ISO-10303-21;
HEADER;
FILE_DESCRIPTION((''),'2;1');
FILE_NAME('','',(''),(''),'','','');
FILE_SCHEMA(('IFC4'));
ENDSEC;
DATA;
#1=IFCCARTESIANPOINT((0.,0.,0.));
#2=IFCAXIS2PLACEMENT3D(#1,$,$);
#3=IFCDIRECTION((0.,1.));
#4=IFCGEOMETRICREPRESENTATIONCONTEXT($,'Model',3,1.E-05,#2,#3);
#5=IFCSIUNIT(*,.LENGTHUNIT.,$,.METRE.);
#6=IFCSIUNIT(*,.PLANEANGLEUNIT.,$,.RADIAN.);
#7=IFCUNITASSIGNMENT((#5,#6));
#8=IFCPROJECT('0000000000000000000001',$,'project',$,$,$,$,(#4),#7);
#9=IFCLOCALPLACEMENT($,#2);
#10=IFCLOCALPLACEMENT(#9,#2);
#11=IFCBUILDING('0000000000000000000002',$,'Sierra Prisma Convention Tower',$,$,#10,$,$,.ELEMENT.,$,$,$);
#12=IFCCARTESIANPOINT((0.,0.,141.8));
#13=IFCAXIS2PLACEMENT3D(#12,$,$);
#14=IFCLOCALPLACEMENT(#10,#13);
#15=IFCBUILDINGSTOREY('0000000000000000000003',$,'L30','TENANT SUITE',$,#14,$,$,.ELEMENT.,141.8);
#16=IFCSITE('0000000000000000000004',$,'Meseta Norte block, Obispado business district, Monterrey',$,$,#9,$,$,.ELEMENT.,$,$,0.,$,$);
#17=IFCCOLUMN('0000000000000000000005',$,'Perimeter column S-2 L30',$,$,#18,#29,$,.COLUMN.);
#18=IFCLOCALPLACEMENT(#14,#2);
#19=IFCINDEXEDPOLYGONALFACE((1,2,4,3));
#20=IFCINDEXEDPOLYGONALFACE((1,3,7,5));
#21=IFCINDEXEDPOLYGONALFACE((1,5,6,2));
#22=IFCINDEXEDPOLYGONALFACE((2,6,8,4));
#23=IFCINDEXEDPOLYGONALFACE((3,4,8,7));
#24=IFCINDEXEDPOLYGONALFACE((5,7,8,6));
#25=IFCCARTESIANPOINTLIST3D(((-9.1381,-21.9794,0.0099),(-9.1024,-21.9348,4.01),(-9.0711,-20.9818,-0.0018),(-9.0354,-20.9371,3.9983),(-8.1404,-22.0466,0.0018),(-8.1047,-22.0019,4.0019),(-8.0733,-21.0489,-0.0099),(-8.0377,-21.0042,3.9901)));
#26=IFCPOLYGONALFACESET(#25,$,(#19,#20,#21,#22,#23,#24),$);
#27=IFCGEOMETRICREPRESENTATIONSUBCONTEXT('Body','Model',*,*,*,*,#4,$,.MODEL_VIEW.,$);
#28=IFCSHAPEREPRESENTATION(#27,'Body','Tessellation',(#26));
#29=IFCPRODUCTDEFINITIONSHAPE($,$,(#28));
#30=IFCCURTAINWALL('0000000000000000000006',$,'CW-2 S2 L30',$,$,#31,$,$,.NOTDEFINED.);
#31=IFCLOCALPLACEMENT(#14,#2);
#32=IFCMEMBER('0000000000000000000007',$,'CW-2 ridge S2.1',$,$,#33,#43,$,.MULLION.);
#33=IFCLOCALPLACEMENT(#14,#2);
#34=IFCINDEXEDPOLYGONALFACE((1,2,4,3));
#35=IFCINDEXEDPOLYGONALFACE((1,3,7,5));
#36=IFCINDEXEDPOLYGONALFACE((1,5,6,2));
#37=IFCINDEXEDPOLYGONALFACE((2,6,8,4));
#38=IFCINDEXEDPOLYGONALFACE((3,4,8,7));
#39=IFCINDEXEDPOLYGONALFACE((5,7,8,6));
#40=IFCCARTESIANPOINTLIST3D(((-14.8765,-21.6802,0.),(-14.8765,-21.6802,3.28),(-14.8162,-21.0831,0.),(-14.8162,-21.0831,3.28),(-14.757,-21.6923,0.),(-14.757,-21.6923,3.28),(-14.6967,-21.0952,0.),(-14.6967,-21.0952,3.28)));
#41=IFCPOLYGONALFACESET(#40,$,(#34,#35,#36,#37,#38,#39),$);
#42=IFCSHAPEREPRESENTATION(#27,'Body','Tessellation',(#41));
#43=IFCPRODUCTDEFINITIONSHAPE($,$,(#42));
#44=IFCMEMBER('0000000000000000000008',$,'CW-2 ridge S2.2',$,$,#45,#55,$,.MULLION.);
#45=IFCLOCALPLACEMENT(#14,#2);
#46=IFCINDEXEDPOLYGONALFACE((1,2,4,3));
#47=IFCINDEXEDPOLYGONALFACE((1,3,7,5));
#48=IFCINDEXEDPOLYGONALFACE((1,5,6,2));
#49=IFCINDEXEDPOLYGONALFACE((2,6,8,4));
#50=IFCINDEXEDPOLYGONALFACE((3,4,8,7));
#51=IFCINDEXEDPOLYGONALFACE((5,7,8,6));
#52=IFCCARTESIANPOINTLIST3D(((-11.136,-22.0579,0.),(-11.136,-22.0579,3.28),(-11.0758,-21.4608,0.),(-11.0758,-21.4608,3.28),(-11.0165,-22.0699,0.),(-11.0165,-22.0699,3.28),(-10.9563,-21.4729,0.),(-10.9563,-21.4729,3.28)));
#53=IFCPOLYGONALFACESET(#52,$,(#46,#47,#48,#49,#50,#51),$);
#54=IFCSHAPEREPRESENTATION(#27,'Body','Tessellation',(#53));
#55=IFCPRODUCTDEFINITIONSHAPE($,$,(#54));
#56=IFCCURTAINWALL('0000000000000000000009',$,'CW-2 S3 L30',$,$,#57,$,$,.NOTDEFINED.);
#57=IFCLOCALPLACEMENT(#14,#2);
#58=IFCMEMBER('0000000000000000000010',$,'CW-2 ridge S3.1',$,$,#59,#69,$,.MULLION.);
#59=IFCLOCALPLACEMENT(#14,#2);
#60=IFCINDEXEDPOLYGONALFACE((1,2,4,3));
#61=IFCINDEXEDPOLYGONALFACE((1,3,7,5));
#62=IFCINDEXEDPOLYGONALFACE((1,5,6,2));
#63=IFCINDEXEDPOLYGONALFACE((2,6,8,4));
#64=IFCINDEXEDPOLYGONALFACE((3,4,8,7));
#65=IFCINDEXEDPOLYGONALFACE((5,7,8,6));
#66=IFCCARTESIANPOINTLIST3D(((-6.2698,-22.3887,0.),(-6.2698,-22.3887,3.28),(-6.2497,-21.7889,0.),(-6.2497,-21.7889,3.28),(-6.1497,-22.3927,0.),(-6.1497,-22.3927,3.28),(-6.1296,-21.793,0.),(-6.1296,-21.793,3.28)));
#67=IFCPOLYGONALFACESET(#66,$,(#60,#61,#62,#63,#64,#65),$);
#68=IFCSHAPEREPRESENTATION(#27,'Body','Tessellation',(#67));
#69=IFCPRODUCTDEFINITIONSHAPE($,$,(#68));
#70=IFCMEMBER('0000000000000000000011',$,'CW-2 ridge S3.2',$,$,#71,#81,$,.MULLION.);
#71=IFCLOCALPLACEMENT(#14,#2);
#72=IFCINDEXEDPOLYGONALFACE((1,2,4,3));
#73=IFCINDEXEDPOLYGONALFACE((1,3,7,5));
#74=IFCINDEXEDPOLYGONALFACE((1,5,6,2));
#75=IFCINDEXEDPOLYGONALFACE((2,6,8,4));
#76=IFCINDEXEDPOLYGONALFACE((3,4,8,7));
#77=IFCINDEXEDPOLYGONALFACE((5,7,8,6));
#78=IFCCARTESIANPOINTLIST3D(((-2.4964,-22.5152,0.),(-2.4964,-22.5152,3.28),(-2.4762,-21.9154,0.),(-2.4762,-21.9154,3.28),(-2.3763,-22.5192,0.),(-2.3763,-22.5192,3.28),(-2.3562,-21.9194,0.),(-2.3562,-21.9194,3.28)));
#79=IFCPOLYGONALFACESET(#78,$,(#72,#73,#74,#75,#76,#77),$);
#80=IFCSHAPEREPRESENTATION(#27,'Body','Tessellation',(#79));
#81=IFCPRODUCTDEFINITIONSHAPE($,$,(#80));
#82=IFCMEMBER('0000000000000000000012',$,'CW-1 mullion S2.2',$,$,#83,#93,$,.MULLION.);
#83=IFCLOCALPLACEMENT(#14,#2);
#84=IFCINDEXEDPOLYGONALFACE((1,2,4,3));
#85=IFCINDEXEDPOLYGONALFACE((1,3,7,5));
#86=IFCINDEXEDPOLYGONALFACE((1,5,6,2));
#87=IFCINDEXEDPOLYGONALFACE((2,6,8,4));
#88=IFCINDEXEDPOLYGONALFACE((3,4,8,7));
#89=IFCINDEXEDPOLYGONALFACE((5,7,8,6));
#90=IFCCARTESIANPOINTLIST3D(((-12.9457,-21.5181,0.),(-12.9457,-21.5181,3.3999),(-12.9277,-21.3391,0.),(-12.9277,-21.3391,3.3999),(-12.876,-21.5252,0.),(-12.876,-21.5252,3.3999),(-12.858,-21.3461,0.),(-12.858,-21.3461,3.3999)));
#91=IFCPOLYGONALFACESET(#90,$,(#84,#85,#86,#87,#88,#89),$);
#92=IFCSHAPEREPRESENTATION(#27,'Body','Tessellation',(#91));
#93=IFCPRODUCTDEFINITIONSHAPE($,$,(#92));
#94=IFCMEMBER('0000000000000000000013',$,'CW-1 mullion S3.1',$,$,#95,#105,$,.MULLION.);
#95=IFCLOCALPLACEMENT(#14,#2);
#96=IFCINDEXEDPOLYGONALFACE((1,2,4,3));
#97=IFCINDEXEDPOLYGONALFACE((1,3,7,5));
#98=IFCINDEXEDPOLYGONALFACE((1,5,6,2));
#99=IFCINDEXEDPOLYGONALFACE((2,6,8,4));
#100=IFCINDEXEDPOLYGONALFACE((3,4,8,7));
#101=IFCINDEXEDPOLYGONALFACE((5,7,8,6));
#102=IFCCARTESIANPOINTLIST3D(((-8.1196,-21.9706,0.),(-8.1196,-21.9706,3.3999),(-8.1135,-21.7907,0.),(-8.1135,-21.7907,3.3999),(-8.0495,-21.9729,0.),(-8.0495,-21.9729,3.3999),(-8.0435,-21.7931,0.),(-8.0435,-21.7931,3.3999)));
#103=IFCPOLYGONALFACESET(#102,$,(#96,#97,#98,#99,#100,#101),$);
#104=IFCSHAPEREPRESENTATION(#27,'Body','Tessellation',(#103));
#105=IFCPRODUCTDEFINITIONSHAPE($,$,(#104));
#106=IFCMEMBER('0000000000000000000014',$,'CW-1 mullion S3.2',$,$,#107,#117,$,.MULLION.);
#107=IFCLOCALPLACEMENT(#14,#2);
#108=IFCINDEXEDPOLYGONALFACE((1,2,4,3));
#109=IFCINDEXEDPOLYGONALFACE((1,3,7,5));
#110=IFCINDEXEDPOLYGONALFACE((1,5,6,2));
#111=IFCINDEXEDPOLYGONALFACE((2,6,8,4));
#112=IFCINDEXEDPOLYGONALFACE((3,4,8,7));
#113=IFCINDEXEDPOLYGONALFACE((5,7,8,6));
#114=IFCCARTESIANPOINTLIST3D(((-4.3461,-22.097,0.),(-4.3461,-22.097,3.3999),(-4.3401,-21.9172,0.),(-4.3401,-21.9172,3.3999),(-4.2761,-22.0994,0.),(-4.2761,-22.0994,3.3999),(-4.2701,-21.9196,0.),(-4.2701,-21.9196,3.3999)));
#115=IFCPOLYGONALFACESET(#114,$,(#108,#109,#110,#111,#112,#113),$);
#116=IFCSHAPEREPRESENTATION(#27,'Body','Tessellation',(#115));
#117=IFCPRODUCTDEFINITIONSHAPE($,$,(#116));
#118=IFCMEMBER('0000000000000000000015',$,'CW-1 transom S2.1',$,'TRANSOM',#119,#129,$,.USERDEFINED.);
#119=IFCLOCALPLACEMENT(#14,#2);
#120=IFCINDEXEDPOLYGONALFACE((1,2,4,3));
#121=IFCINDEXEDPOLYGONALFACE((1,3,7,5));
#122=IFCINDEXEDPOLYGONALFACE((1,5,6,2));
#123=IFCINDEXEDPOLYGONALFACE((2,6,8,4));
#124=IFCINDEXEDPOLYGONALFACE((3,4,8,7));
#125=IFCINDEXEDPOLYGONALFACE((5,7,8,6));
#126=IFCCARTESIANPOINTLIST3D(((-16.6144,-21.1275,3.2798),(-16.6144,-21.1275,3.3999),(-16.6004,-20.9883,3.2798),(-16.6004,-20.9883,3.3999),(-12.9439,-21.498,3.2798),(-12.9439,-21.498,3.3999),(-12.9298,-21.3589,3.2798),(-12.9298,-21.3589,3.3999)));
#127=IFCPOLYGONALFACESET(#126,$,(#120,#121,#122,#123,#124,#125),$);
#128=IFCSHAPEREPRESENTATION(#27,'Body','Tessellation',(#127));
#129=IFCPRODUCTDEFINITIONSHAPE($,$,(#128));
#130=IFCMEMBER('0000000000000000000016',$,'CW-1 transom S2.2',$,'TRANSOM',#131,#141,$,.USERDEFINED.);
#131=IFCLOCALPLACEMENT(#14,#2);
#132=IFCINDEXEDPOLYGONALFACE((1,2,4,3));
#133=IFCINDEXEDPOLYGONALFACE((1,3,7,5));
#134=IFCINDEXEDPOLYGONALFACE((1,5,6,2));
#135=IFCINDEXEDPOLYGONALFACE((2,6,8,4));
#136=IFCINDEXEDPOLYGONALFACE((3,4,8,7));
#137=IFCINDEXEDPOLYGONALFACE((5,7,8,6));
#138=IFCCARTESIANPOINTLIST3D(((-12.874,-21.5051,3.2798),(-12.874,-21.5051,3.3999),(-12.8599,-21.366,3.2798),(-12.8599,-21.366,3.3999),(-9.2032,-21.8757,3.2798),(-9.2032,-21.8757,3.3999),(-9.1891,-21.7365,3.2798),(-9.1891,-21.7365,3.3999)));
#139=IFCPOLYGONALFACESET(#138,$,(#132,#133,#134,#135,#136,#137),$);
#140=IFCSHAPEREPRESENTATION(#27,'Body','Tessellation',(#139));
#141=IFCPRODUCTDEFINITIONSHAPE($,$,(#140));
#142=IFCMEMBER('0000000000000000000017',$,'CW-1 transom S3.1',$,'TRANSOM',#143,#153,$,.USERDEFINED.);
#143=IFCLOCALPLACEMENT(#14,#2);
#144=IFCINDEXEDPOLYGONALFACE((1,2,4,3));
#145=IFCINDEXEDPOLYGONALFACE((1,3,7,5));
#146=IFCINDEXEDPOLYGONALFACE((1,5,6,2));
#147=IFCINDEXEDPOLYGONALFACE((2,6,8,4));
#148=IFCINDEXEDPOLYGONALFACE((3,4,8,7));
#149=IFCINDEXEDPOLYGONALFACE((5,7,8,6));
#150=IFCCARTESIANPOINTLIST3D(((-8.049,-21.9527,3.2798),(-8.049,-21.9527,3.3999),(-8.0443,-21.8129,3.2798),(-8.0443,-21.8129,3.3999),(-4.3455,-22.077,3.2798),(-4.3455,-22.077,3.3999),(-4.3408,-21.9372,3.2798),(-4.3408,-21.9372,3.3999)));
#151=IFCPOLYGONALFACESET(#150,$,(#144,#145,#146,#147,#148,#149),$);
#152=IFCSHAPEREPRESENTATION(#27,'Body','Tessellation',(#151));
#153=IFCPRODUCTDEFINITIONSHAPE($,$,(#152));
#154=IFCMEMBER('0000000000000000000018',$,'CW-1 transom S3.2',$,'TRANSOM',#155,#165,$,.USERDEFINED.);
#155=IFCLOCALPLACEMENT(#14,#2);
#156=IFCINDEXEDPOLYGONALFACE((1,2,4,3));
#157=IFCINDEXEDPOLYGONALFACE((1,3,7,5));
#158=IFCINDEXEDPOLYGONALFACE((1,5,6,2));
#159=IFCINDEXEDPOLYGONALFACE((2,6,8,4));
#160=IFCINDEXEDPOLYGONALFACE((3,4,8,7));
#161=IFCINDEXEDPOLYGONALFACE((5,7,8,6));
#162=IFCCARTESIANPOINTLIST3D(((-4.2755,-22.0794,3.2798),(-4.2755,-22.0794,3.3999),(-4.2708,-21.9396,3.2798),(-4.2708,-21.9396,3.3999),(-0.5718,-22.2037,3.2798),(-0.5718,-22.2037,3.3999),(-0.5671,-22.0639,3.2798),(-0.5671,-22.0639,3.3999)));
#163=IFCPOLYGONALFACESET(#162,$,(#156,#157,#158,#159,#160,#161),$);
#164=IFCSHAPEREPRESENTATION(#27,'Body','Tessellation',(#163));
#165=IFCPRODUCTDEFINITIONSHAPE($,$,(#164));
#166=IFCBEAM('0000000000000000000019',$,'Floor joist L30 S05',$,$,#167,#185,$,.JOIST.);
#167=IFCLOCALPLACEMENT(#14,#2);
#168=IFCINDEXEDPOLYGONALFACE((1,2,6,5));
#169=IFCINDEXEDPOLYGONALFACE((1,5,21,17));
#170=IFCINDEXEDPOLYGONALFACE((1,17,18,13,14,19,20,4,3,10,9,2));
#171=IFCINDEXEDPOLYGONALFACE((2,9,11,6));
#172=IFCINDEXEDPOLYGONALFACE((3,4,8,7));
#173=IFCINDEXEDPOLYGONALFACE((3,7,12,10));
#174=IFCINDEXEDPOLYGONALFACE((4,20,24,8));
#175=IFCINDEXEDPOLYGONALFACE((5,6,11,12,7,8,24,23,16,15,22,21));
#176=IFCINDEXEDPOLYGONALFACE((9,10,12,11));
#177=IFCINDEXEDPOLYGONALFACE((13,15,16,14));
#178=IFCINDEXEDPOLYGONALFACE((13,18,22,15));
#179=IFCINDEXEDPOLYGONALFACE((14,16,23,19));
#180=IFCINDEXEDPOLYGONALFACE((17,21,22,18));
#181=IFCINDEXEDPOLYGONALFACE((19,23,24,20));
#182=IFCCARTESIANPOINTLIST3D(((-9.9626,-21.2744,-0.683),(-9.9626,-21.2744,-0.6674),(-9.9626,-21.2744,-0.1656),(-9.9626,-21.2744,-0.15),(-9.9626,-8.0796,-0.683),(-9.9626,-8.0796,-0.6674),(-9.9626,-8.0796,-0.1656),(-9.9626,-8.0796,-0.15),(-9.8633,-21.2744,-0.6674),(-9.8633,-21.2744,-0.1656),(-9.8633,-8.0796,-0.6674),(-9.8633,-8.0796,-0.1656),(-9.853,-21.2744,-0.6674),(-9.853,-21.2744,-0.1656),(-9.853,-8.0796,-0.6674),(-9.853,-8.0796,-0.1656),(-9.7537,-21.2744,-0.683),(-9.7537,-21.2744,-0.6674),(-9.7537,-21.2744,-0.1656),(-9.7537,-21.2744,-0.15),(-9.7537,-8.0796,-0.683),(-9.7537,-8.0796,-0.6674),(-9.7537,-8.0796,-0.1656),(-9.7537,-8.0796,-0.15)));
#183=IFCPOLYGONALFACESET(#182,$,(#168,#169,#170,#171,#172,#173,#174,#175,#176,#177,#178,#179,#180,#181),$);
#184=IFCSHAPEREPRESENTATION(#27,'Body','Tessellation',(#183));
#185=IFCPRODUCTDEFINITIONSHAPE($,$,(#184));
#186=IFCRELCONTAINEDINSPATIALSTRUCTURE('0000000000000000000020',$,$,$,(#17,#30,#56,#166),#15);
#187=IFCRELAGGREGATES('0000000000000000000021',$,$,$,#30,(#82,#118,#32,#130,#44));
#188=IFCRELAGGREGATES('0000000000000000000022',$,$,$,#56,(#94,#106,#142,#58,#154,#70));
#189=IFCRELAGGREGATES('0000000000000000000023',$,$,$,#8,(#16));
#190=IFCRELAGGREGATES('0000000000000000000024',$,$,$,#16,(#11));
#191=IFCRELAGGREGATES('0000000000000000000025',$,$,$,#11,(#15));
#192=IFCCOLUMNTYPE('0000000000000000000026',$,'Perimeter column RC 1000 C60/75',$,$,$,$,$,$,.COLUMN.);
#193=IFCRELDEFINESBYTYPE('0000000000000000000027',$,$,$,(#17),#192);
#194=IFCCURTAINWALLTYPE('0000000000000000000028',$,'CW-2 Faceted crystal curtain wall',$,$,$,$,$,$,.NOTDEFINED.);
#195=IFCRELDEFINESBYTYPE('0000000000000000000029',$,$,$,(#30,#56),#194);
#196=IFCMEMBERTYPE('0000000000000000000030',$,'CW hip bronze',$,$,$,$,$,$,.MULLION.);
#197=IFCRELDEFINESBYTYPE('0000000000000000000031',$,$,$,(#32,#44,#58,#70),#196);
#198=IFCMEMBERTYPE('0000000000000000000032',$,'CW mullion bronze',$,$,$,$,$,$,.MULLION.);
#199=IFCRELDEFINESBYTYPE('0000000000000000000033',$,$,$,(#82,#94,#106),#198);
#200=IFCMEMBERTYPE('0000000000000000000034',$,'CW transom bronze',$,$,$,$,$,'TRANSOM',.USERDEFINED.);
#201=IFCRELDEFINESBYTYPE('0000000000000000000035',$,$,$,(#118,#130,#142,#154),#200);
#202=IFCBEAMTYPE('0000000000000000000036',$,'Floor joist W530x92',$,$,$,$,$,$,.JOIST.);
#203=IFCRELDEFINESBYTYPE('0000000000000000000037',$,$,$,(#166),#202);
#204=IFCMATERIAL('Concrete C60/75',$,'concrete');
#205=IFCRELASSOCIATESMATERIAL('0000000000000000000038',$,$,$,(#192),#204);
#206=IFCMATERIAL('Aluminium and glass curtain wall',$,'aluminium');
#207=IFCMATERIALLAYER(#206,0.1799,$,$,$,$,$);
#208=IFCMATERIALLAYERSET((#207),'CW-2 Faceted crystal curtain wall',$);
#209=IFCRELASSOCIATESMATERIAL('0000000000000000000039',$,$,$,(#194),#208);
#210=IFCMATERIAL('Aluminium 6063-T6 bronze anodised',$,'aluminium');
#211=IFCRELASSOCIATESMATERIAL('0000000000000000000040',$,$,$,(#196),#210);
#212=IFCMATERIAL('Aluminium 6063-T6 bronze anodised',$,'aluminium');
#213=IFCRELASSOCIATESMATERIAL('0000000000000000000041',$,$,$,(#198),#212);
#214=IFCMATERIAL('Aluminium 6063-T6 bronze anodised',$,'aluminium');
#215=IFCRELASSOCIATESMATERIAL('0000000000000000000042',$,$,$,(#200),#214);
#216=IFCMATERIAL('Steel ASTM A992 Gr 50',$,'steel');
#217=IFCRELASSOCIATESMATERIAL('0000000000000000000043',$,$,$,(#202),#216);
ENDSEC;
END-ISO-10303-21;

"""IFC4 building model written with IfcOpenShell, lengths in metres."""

from ifc_helpers import new_model, si_unit, direction, frame, origin, origin_2d, place, context, subcontext, project, spatial, rectangle, i_section, extrude, material, layer, layer_set, material_profile, profile_set, type_object, element, aggregate, save


model = new_model("IFC4")

# Units and contexts
model_context = context("Model", 3, precision=1e-05, world=origin(), true_north=direction((0.0, 1.0)))
body_context = subcontext(model_context, "Body", "Model", "MODEL_VIEW")
ifc_project = project(units=[si_unit("LENGTHUNIT", "METRE"), si_unit("PLANEANGLEUNIT", "RADIAN")], contexts=[model_context])

# Site, building, storey
site_placement = place(None, origin())
site = spatial("IfcSite", under=ifc_project, at=site_placement, Name="Meseta Norte block, Obispado business district, Monterrey", CompositionType="ELEMENT", RefElevation=0.0)
building_placement = place(site_placement, origin())
building = spatial("IfcBuilding", under=site, at=building_placement, Name="Sierra Prisma Convention Tower", CompositionType="ELEMENT")
storey_placement = place(building_placement, frame((0.0, 0.0, 141.8)))
storey = spatial("IfcBuildingStorey", under=building, at=storey_placement, Name="L30", Description="TENANT SUITE", CompositionType="ELEMENT", Elevation=141.8)

# Column
ifc_material_1 = material(Name="Concrete C60/75", Category="concrete")
ifc_material_profile_1 = material_profile(ifc_material_1, rectangle(XDim=1.0, YDim=1.0, at=origin_2d()), Name="Perimeter column RC 1000 C60/75")
ifc_profile_set_1 = profile_set([ifc_material_profile_1], Name="Concrete C60/75")
column_type = type_object("IfcColumnType", Name="Perimeter column RC 1000 C60/75", PredefinedType="COLUMN", material=ifc_profile_set_1)
column_placement = place(storey_placement, frame((-8.6057, -21.5142, 0.0), z_axis=(0.00891, 0.011168, 0.999898), x_axis=(-0.997712, 0.067118, 0.008141)))
element("IfcColumn", 1, at=column_placement, inside=storey, type_object=column_type, Name="Perimeter column S-2 L30", PredefinedType="COLUMN", context=body_context, shape_type="SweptSolid", body=[
    extrude(rectangle(XDim=1.0, YDim=1.0, at=origin_2d()), origin(), (0.0, 0.0, 1.0), 4.0005),
])

# Curtain walls, members
ifc_material_2 = material(Name="Aluminium and glass curtain wall", Category="aluminium")
ifc_layer_1 = layer(ifc_material_2, 0.1799)
ifc_layer_set_1 = layer_set([ifc_layer_1], Name="CW-2 Faceted crystal curtain wall")
curtain_wall_type = type_object("IfcCurtainWallType", Name="CW-2 Faceted crystal curtain wall", PredefinedType="NOTDEFINED", material=ifc_layer_set_1)
curtain_wall_1_placement = place(storey_placement, origin())
curtain_wall_1 = element("IfcCurtainWall", 2, at=curtain_wall_1_placement, inside=storey, type_object=curtain_wall_type, Name="CW-2 S2 L30", PredefinedType="NOTDEFINED")
ifc_material_3 = material(Name="Aluminium 6063-T6 bronze anodised", Category="aluminium")
ifc_material_profile_2 = material_profile(ifc_material_3, rectangle(XDim=0.1201, YDim=0.6001, at=origin_2d()), Name="ALU RIDGE BLADE 120x600")
ifc_profile_set_2 = profile_set([ifc_material_profile_2], Name="Aluminium 6063-T6 bronze anodised")
member_type_1 = type_object("IfcMemberType", Name="CW hip bronze", PredefinedType="MULLION", material=ifc_profile_set_2)
member_1_placement = place(storey_placement, frame((-14.7866, -21.3877, 0.0), z_axis=(0.0, 0.0, 1.0), x_axis=(0.994943, -0.100439, 0.0)))
member_1 = element("IfcMember", 3, at=member_1_placement, type_object=member_type_1, Name="CW-2 ridge S2.1", PredefinedType="MULLION", context=body_context, shape_type="SweptSolid", body=[
    extrude(rectangle(XDim=0.1201, YDim=0.6001, at=origin_2d()), origin(), (0.0, 0.0, 1.0), 3.28),
])
member_2_placement = place(storey_placement, frame((-11.0461, -21.7654, 0.0), z_axis=(0.0, 0.0, 1.0), x_axis=(0.994943, -0.100439, 0.0)))
member_2 = element("IfcMember", 4, at=member_2_placement, type_object=member_type_1, Name="CW-2 ridge S2.2", PredefinedType="MULLION", context=body_context, shape_type="SweptSolid", body=[
    extrude(rectangle(XDim=0.1201, YDim=0.6001, at=origin_2d()), origin(), (0.0, 0.0, 1.0), 3.28),
])
curtain_wall_2_placement = place(storey_placement, origin())
curtain_wall_2 = element("IfcCurtainWall", 5, at=curtain_wall_2_placement, inside=storey, type_object=curtain_wall_type, Name="CW-2 S3 L30", PredefinedType="NOTDEFINED")
member_3_placement = place(storey_placement, frame((-6.1997, -22.0908, 0.0), z_axis=(0.0, 0.0, 1.0), x_axis=(0.999438, -0.03353, 0.0)))
member_3 = element("IfcMember", 6, at=member_3_placement, type_object=member_type_1, Name="CW-2 ridge S3.1", PredefinedType="MULLION", context=body_context, shape_type="SweptSolid", body=[
    extrude(rectangle(XDim=0.1201, YDim=0.6001, at=origin_2d()), origin(), (0.0, 0.0, 1.0), 3.28),
])
member_4_placement = place(storey_placement, frame((-2.4263, -22.2173, 0.0), z_axis=(0.0, 0.0, 1.0), x_axis=(0.999438, -0.03353, 0.0)))
member_4 = element("IfcMember", 7, at=member_4_placement, type_object=member_type_1, Name="CW-2 ridge S3.2", PredefinedType="MULLION", context=body_context, shape_type="SweptSolid", body=[
    extrude(rectangle(XDim=0.1201, YDim=0.6001, at=origin_2d()), origin(), (0.0, 0.0, 1.0), 3.28),
])

# Members
ifc_material_4 = material(Name="Aluminium 6063-T6 bronze anodised", Category="aluminium")
ifc_material_profile_3 = material_profile(ifc_material_4, rectangle(XDim=0.1799, YDim=0.0701, at=origin_2d()), Name="ALU MULLION 70x180")
ifc_profile_set_3 = profile_set([ifc_material_profile_3], Name="Aluminium 6063-T6 bronze anodised")
member_type_2 = type_object("IfcMemberType", Name="CW mullion bronze", PredefinedType="MULLION", material=ifc_profile_set_3)
member_5_placement = place(storey_placement, frame((-12.9019, -21.4321, 0.0), z_axis=(0.0, 0.0, 1.0), x_axis=(0.100439, 0.994943, 0.0)))
member_5 = element("IfcMember", 8, at=member_5_placement, type_object=member_type_2, Name="CW-1 mullion S2.2", PredefinedType="MULLION", context=body_context, shape_type="SweptSolid", body=[
    extrude(rectangle(XDim=0.1799, YDim=0.0701, at=origin_2d()), origin(), (0.0, 0.0, 1.0), 3.3999),
])
member_6_placement = place(storey_placement, frame((-8.0815, -21.8818, 0.0), z_axis=(0.0, 0.0, 1.0), x_axis=(0.03353, 0.999438, 0.0)))
member_6 = element("IfcMember", 9, at=member_6_placement, type_object=member_type_2, Name="CW-1 mullion S3.1", PredefinedType="MULLION", context=body_context, shape_type="SweptSolid", body=[
    extrude(rectangle(XDim=0.1799, YDim=0.0701, at=origin_2d()), origin(), (0.0, 0.0, 1.0), 3.3999),
])
member_7_placement = place(storey_placement, frame((-4.3081, -22.0083, 0.0), z_axis=(0.0, 0.0, 1.0), x_axis=(0.03353, 0.999438, 0.0)))
member_7 = element("IfcMember", 10, at=member_7_placement, type_object=member_type_2, Name="CW-1 mullion S3.2", PredefinedType="MULLION", context=body_context, shape_type="SweptSolid", body=[
    extrude(rectangle(XDim=0.1799, YDim=0.0701, at=origin_2d()), origin(), (0.0, 0.0, 1.0), 3.3999),
])
ifc_material_5 = material(Name="Aluminium 6063-T6 bronze anodised", Category="aluminium")
ifc_material_profile_4 = material_profile(ifc_material_5, rectangle(XDim=0.1399, YDim=0.1201, at=origin_2d()), Name="ALU TRANSOM 120x140")
ifc_profile_set_4 = profile_set([ifc_material_profile_4], Name="Aluminium 6063-T6 bronze anodised")
member_type_3 = type_object("IfcMemberType", Name="CW transom bronze", ElementType="TRANSOM", PredefinedType="USERDEFINED", material=ifc_profile_set_4)
member_8_placement = place(storey_placement, frame((-16.6074, -21.0579, 3.3398), z_axis=(0.994942, -0.100454, 0.0), x_axis=(0.100454, 0.994942, 0.0)))
member_8 = element("IfcMember", 11, at=member_8_placement, type_object=member_type_3, Name="CW-1 transom S2.1", ObjectType="TRANSOM", PredefinedType="USERDEFINED", context=body_context, shape_type="SweptSolid", body=[
    extrude(rectangle(XDim=0.1399, YDim=0.1201, at=origin_2d()), origin(), (0.0, 0.0, 1.0), 3.6892),
])
member_9_placement = place(storey_placement, frame((-12.8669, -21.4355, 3.3398), z_axis=(0.994942, -0.100447, 0.0), x_axis=(0.100447, 0.994942, 0.0)))
member_9 = element("IfcMember", 12, at=member_9_placement, type_object=member_type_3, Name="CW-1 transom S2.2", ObjectType="TRANSOM", PredefinedType="USERDEFINED", context=body_context, shape_type="SweptSolid", body=[
    extrude(rectangle(XDim=0.1399, YDim=0.1201, at=origin_2d()), origin(), (0.0, 0.0, 1.0), 3.6895),
])
member_10_placement = place(storey_placement, frame((-8.0466, -21.8828, 3.3398), z_axis=(0.999437, -0.033536, 0.0), x_axis=(0.033536, 0.999437, 0.0)))
member_10 = element("IfcMember", 13, at=member_10_placement, type_object=member_type_3, Name="CW-1 transom S3.1", ObjectType="TRANSOM", PredefinedType="USERDEFINED", context=body_context, shape_type="SweptSolid", body=[
    extrude(rectangle(XDim=0.1399, YDim=0.1201, at=origin_2d()), origin(), (0.0, 0.0, 1.0), 3.7056),
])
member_11_placement = place(storey_placement, frame((-4.2732, -22.0095, 3.3398), z_axis=(0.999438, -0.033534, 0.0), x_axis=(0.033534, 0.999438, 0.0)))
member_11 = element("IfcMember", 14, at=member_11_placement, type_object=member_type_3, Name="CW-1 transom S3.2", ObjectType="TRANSOM", PredefinedType="USERDEFINED", context=body_context, shape_type="SweptSolid", body=[
    extrude(rectangle(XDim=0.1399, YDim=0.1201, at=origin_2d()), origin(), (0.0, 0.0, 1.0), 3.7058),
])

# Beam
ifc_material_6 = material(Name="Steel ASTM A992 Gr 50", Category="steel")
ifc_material_profile_5 = material_profile(ifc_material_6, i_section(OverallWidth=0.209, OverallDepth=0.533, WebThickness=0.0103, FlangeThickness=0.0156, at=origin_2d()), Name="W530x92")
ifc_profile_set_5 = profile_set([ifc_material_profile_5], Name="Steel ASTM A992 Gr 50")
beam_type_1 = type_object("IfcBeamType", Name="Floor joist W530x92", PredefinedType="JOIST", material=ifc_profile_set_5)
beam_1_placement = place(storey_placement, frame((-9.8582, -21.2744, -0.4165), z_axis=(0.0, 1.0, 0.0), x_axis=(-1.0, 0.0, 0.0)))
element("IfcBeam", 15, at=beam_1_placement, inside=storey, type_object=beam_type_1, Name="Floor joist L30 S05", PredefinedType="JOIST", context=body_context, shape_type="SweptSolid", body=[
    extrude(i_section(OverallWidth=0.209, OverallDepth=0.533, WebThickness=0.0103, FlangeThickness=0.0156, at=origin_2d()), origin(), (0.0, 0.0, 1.0), 13.1948),
])

aggregate(curtain_wall_1, [member_5, member_8, member_1, member_9, member_2])
aggregate(curtain_wall_2, [member_6, member_7, member_10, member_3, member_11, member_4])

save(model, "model.ifc")
